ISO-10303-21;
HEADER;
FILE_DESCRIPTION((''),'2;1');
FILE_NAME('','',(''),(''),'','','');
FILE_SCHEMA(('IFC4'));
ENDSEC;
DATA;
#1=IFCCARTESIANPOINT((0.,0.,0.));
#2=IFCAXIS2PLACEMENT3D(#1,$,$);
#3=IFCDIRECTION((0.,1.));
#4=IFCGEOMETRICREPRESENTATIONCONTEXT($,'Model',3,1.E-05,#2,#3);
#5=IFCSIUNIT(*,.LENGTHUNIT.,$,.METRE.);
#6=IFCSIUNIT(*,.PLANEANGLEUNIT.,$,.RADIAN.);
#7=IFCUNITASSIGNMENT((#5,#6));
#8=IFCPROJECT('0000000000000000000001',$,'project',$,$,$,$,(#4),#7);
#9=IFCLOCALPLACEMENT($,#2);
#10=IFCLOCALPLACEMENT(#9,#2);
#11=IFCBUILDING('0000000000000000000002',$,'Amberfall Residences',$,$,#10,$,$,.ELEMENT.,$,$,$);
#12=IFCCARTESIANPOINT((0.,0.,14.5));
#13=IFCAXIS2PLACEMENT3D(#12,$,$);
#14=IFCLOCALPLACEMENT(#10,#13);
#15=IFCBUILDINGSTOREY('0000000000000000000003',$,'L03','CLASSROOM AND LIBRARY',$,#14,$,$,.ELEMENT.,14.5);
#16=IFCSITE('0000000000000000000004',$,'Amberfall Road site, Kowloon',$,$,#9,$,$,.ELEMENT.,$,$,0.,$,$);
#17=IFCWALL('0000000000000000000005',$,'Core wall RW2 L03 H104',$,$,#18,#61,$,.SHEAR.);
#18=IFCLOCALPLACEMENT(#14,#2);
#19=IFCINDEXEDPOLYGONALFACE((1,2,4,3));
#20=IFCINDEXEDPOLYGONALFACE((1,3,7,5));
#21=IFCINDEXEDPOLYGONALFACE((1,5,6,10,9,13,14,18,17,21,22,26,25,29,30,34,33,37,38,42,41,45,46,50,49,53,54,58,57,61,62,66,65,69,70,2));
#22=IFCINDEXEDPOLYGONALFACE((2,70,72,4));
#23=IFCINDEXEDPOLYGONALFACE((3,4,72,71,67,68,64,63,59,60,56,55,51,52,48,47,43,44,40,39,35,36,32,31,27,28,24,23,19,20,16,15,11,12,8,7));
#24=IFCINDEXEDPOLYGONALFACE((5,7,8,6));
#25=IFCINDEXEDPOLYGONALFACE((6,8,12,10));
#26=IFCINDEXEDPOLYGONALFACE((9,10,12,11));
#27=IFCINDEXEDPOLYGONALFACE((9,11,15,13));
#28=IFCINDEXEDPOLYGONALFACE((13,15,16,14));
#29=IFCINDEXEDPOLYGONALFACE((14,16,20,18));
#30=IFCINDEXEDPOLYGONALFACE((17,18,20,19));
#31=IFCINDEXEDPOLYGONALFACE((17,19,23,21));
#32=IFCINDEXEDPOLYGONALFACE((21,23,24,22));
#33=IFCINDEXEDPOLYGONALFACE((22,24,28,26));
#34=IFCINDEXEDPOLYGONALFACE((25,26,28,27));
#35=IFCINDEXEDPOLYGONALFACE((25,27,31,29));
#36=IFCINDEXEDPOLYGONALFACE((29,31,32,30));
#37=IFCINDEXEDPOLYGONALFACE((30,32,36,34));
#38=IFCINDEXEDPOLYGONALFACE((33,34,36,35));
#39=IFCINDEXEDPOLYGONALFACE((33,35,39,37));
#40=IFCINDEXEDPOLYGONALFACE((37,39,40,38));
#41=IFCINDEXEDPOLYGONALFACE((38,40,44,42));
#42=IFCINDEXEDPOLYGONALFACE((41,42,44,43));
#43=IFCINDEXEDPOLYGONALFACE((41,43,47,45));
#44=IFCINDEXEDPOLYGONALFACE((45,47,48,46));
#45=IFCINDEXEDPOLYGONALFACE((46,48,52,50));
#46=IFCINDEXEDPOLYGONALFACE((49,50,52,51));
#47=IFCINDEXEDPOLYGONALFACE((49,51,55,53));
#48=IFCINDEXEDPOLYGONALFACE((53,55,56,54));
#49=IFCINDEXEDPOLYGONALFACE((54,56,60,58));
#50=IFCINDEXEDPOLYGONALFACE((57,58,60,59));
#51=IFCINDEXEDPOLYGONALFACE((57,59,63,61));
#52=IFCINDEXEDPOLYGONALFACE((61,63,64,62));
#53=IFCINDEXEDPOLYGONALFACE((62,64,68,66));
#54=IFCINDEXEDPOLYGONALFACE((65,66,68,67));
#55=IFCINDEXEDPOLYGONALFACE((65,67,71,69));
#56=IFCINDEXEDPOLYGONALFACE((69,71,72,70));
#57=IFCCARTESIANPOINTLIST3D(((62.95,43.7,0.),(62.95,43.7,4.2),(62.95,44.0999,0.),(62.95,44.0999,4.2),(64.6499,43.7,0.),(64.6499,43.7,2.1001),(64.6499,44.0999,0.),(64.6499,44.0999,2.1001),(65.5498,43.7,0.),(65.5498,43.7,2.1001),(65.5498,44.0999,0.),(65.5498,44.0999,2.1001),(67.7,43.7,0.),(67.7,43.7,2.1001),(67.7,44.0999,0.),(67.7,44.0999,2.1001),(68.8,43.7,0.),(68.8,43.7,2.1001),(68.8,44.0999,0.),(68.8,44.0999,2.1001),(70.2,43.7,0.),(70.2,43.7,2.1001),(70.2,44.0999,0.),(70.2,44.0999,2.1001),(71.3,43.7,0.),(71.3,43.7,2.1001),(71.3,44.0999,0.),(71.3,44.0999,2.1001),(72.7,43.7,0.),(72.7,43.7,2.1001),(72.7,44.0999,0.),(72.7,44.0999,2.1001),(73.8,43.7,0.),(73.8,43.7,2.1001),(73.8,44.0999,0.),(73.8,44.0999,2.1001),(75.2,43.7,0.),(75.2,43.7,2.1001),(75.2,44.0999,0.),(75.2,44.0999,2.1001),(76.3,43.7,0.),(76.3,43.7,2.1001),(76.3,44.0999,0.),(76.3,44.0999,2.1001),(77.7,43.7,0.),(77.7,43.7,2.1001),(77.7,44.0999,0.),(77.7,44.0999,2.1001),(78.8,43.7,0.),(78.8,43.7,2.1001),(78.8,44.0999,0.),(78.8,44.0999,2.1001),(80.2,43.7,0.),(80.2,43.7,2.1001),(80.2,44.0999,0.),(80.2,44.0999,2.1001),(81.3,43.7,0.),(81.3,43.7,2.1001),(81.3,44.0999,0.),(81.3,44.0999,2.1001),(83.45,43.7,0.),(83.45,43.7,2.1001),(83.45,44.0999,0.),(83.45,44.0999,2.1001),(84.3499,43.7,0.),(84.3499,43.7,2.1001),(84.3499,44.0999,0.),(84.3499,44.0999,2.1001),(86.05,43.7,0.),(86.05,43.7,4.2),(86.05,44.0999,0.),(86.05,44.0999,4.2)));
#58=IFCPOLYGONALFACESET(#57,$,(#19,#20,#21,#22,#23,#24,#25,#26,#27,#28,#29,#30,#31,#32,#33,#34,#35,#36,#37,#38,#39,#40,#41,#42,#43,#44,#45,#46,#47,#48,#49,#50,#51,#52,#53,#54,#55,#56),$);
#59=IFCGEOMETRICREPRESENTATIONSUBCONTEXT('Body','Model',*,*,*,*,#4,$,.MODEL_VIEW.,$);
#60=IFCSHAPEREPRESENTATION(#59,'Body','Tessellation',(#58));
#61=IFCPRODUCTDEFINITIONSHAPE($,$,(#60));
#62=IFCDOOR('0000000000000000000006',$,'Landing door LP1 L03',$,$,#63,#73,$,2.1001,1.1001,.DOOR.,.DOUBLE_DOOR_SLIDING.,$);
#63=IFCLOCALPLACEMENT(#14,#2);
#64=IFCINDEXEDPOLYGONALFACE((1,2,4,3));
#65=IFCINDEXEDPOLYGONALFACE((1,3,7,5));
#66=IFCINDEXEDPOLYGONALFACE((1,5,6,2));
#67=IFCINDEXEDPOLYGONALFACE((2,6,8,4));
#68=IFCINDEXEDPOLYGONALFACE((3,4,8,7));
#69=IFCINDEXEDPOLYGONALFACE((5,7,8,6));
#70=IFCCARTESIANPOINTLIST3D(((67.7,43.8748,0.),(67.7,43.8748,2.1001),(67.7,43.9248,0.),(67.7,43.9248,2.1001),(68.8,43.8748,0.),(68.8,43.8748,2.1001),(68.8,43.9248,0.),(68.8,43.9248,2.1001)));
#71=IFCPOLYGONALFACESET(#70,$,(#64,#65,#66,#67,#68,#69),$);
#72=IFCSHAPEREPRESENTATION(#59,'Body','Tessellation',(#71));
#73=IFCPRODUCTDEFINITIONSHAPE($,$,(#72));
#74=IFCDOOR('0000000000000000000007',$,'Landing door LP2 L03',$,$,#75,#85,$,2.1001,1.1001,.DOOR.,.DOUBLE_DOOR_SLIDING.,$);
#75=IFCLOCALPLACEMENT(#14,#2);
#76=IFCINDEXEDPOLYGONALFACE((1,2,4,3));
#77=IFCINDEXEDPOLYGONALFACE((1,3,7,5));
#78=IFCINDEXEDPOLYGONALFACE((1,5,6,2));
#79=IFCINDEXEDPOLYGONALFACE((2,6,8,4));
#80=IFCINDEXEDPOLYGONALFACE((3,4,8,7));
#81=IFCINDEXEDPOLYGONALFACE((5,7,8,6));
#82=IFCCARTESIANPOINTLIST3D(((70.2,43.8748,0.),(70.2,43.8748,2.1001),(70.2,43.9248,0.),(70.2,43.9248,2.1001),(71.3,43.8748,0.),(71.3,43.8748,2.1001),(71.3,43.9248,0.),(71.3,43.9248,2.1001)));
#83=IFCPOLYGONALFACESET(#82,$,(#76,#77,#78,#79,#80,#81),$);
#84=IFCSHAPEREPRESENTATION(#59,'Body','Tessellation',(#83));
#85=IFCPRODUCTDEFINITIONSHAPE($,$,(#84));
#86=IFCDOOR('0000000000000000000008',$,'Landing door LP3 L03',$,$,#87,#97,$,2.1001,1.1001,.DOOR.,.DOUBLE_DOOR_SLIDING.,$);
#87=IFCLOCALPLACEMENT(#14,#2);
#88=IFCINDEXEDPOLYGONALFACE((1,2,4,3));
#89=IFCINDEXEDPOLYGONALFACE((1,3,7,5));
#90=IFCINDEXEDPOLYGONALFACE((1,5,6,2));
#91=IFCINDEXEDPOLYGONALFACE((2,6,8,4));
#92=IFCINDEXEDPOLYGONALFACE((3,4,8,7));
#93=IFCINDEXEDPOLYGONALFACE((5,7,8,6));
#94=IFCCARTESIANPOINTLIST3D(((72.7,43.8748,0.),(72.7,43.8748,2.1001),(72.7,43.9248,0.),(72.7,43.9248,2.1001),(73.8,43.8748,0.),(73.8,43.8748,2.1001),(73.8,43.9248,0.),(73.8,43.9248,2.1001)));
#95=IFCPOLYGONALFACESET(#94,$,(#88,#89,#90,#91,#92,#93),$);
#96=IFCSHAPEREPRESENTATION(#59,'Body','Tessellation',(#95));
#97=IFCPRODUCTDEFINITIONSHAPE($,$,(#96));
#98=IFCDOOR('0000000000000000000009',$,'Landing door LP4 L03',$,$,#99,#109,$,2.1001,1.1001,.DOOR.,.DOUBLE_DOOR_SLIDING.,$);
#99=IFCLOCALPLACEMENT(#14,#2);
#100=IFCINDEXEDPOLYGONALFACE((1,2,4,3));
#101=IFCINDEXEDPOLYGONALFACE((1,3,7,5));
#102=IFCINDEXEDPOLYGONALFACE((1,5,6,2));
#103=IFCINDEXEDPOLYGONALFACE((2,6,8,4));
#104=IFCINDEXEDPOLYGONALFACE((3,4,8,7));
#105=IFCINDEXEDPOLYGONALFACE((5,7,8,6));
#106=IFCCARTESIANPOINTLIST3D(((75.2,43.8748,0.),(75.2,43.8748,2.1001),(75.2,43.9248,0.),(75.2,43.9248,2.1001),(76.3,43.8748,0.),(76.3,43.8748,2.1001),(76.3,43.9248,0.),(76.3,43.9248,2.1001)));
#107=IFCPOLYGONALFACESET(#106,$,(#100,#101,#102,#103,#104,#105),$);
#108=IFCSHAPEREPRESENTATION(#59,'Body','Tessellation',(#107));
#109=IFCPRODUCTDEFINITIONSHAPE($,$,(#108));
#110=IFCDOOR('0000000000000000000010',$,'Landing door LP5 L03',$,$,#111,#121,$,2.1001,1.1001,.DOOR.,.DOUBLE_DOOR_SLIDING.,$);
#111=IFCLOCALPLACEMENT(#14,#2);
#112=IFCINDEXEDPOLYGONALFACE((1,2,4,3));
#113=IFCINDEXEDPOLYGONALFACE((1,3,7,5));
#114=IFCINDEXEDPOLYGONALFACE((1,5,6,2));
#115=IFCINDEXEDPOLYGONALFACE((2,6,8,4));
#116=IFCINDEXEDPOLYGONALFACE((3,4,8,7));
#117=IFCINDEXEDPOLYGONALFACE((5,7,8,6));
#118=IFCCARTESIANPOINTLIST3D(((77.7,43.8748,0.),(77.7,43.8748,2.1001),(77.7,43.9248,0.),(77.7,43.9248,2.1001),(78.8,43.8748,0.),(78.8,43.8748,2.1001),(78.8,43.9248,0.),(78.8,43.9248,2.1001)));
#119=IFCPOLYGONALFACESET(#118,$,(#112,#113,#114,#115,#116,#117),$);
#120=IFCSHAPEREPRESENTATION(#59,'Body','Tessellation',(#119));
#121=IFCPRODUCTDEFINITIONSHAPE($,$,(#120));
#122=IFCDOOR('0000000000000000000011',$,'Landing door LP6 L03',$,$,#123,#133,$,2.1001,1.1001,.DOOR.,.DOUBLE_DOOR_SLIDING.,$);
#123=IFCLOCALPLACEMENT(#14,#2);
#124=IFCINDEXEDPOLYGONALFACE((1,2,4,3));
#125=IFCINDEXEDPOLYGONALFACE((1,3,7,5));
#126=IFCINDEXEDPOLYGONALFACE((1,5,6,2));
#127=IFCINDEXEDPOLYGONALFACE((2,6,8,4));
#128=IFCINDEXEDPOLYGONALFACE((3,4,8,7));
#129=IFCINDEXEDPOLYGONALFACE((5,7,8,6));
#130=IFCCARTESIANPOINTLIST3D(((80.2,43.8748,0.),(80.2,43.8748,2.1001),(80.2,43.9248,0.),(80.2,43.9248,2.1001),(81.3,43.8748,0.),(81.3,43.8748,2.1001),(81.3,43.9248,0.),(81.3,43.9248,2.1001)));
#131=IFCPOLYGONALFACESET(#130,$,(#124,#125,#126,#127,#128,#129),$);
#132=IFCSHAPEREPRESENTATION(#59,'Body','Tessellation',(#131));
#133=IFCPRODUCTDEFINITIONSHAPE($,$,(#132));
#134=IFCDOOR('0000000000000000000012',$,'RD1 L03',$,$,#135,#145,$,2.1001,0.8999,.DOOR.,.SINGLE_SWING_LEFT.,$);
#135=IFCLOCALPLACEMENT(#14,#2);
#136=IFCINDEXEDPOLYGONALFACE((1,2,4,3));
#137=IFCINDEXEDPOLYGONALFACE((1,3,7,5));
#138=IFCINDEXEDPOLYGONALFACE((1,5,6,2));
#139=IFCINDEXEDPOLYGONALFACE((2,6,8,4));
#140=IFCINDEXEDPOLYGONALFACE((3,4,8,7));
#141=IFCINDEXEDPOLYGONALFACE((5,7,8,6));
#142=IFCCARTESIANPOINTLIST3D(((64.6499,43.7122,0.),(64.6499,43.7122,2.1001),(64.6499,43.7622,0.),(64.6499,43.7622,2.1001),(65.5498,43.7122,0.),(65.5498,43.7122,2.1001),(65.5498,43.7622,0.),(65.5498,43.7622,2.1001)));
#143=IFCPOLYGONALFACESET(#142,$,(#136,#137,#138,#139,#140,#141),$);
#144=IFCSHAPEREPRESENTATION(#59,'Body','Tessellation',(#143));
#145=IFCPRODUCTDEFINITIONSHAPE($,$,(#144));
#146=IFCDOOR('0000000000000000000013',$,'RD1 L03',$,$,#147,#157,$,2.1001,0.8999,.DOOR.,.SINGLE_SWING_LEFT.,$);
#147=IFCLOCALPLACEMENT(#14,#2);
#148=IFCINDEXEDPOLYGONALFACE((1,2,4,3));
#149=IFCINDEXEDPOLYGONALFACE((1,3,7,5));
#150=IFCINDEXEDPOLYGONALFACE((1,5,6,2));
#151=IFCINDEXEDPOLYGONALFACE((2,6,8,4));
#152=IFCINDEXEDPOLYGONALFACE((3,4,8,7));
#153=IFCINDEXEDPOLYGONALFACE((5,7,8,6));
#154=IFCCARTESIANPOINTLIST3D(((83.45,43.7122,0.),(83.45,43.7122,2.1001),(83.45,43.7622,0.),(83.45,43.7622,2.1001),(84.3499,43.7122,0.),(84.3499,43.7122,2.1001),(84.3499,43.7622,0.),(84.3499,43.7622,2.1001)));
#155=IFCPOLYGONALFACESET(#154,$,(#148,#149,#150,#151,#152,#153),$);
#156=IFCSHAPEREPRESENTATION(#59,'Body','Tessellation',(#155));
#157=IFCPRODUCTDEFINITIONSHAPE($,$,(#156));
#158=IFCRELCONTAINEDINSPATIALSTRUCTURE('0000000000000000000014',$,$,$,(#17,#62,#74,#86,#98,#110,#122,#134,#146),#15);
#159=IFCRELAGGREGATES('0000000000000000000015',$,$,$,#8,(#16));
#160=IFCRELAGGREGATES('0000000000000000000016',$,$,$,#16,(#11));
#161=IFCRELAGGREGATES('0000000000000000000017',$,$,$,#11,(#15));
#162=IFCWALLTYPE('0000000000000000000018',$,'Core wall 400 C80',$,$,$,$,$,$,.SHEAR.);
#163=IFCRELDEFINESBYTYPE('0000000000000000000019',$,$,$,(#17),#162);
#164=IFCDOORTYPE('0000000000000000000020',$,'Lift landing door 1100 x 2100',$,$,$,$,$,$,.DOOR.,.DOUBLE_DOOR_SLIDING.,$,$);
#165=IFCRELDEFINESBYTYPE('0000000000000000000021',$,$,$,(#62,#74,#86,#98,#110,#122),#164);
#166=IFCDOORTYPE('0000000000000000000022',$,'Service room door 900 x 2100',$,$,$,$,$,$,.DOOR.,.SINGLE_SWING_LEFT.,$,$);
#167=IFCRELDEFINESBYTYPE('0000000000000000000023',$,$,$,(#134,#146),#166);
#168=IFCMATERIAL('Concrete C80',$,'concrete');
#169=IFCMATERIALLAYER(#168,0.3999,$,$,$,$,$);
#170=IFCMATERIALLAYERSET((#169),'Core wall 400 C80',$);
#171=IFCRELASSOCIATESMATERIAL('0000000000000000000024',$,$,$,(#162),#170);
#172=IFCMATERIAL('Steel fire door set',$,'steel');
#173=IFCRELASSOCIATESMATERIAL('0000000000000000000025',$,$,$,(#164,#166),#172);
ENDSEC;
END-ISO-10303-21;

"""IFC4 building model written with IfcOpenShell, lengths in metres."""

from ifc_helpers import new_model, si_unit, direction, frame, frame_2d, origin, place, context, subcontext, project, spatial, rectangle, extrude, material, layer, layer_set, type_object, element, fill, save


model = new_model("IFC4")

# Units and contexts
model_context = context("Model", 3, precision=1e-05, world=origin(), true_north=direction((0.0, 1.0)))
body_context = subcontext(model_context, "Body", "Model", "MODEL_VIEW")
ifc_project = project(units=[si_unit("LENGTHUNIT", "METRE"), si_unit("PLANEANGLEUNIT", "RADIAN")], contexts=[model_context])

# Site, building, storey
site_placement = place(None, origin())
site = spatial("IfcSite", under=ifc_project, at=site_placement, Name="Amberfall Road site, Kowloon", CompositionType="ELEMENT", RefElevation=0.0)
building_placement = place(site_placement, origin())
building = spatial("IfcBuilding", under=site, at=building_placement, Name="Amberfall Residences", CompositionType="ELEMENT")
storey_placement = place(building_placement, frame((0.0, 0.0, 14.5)))
storey = spatial("IfcBuildingStorey", under=building, at=storey_placement, Name="L03", Description="CLASSROOM AND LIBRARY", CompositionType="ELEMENT", Elevation=14.5)

# Wall, openings, doors
ifc_material_1 = material(Name="Concrete C80", Category="concrete")
ifc_layer_1 = layer(ifc_material_1, 0.3999)
ifc_layer_set_1 = layer_set([ifc_layer_1], Name="Core wall 400 C80")
wall_type_1 = type_object("IfcWallType", Name="Core wall 400 C80", PredefinedType="SHEAR", material=ifc_layer_set_1)
wall_1_placement = place(storey_placement, frame((62.95, 43.8999, 0.0), z_axis=(0.0, 0.0, 1.0), x_axis=(1.0, 0.0, 0.0)))
wall_1 = element("IfcWall", 1, at=wall_1_placement, inside=storey, type_object=wall_type_1, Name="Core wall RW2 L03 H104", PredefinedType="SHEAR", context=body_context, shape_type="SweptSolid", body=[
    extrude(rectangle(XDim=23.1001, YDim=0.3999, at=frame_2d((11.55, 0.0))), origin(), (0.0, 0.0, 1.0), 4.2),
])
opening_1_placement = place(wall_1_placement, frame((1.7, 0.0, 0.0)))
opening_1 = element("IfcOpeningElement", 2, at=opening_1_placement, cuts=wall_1, PredefinedType="OPENING", context=body_context, shape_type="SweptSolid", body=[
    extrude(rectangle(XDim=0.8999, YDim=2.1001, at=frame_2d((0.45, 1.05))), frame((0.0, 0.21, 0.0), z_axis=(0.0, -1.0, 0.0), x_axis=(1.0, 0.0, 0.0)), (0.0, 0.0, 1.0), 0.4199),
])
opening_2_placement = place(wall_1_placement, frame((20.5, 0.0, 0.0)))
opening_2 = element("IfcOpeningElement", 3, at=opening_2_placement, cuts=wall_1, PredefinedType="OPENING", context=body_context, shape_type="SweptSolid", body=[
    extrude(rectangle(XDim=0.8999, YDim=2.1001, at=frame_2d((0.45, 1.05))), frame((0.0, 0.21, 0.0), z_axis=(0.0, -1.0, 0.0), x_axis=(1.0, 0.0, 0.0)), (0.0, 0.0, 1.0), 0.4199),
])
opening_3_placement = place(wall_1_placement, frame((4.75, 0.0, 0.0)))
opening_3 = element("IfcOpeningElement", 4, at=opening_3_placement, cuts=wall_1, PredefinedType="OPENING", context=body_context, shape_type="SweptSolid", body=[
    extrude(rectangle(XDim=1.1001, YDim=2.1001, at=frame_2d((0.55, 1.05))), frame((0.0, 0.21, 0.0), z_axis=(0.0, -1.0, 0.0), x_axis=(1.0, 0.0, 0.0)), (0.0, 0.0, 1.0), 0.4199),
])
opening_4_placement = place(wall_1_placement, frame((7.25, 0.0, 0.0)))
opening_4 = element("IfcOpeningElement", 5, at=opening_4_placement, cuts=wall_1, PredefinedType="OPENING", context=body_context, shape_type="SweptSolid", body=[
    extrude(rectangle(XDim=1.1001, YDim=2.1001, at=frame_2d((0.55, 1.05))), frame((0.0, 0.21, 0.0), z_axis=(0.0, -1.0, 0.0), x_axis=(1.0, 0.0, 0.0)), (0.0, 0.0, 1.0), 0.4199),
])
opening_5_placement = place(wall_1_placement, frame((9.75, 0.0, 0.0)))
opening_5 = element("IfcOpeningElement", 6, at=opening_5_placement, cuts=wall_1, PredefinedType="OPENING", context=body_context, shape_type="SweptSolid", body=[
    extrude(rectangle(XDim=1.1001, YDim=2.1001, at=frame_2d((0.55, 1.05))), frame((0.0, 0.21, 0.0), z_axis=(0.0, -1.0, 0.0), x_axis=(1.0, 0.0, 0.0)), (0.0, 0.0, 1.0), 0.4199),
])
opening_6_placement = place(wall_1_placement, frame((12.25, 0.0, 0.0)))
opening_6 = element("IfcOpeningElement", 7, at=opening_6_placement, cuts=wall_1, PredefinedType="OPENING", context=body_context, shape_type="SweptSolid", body=[
    extrude(rectangle(XDim=1.1001, YDim=2.1001, at=frame_2d((0.55, 1.05))), frame((0.0, 0.21, 0.0), z_axis=(0.0, -1.0, 0.0), x_axis=(1.0, 0.0, 0.0)), (0.0, 0.0, 1.0), 0.4199),
])
opening_7_placement = place(wall_1_placement, frame((14.75, 0.0, 0.0)))
opening_7 = element("IfcOpeningElement", 8, at=opening_7_placement, cuts=wall_1, PredefinedType="OPENING", context=body_context, shape_type="SweptSolid", body=[
    extrude(rectangle(XDim=1.1001, YDim=2.1001, at=frame_2d((0.55, 1.05))), frame((0.0, 0.21, 0.0), z_axis=(0.0, -1.0, 0.0), x_axis=(1.0, 0.0, 0.0)), (0.0, 0.0, 1.0), 0.4199),
])
opening_8_placement = place(wall_1_placement, frame((17.25, 0.0, 0.0)))
opening_8 = element("IfcOpeningElement", 9, at=opening_8_placement, cuts=wall_1, PredefinedType="OPENING", context=body_context, shape_type="SweptSolid", body=[
    extrude(rectangle(XDim=1.1001, YDim=2.1001, at=frame_2d((0.55, 1.05))), frame((0.0, 0.21, 0.0), z_axis=(0.0, -1.0, 0.0), x_axis=(1.0, 0.0, 0.0)), (0.0, 0.0, 1.0), 0.4199),
])
ifc_material_2 = material(Name="Steel fire door set", Category="steel")
door_type_1 = type_object("IfcDoorType", Name="Lift landing door 1100 x 2100", OperationType="DOUBLE_DOOR_SLIDING", PredefinedType="DOOR", material=ifc_material_2)
door_1_placement = place(opening_3_placement, origin())
door_1 = element("IfcDoor", 10, at=door_1_placement, inside=storey, type_object=door_type_1, Name="Landing door LP1 L03", OperationType="DOUBLE_DOOR_SLIDING", OverallHeight=2.1001, OverallWidth=1.1001, PredefinedType="DOOR", context=body_context, shape_type="SweptSolid", body=[
    extrude(rectangle(XDim=1.1001, YDim=2.1001, at=frame_2d((0.55, 1.05))), frame((0.0, 0.0249, 0.0), z_axis=(0.0, -1.0, 0.0), x_axis=(1.0, 0.0, 0.0)), (0.0, 0.0, 1.0), 0.05),
])
fill(opening_3, door_1)
door_2_placement = place(opening_4_placement, origin())
door_2 = element("IfcDoor", 11, at=door_2_placement, inside=storey, type_object=door_type_1, Name="Landing door LP2 L03", OperationType="DOUBLE_DOOR_SLIDING", OverallHeight=2.1001, OverallWidth=1.1001, PredefinedType="DOOR", context=body_context, shape_type="SweptSolid", body=[
    extrude(rectangle(XDim=1.1001, YDim=2.1001, at=frame_2d((0.55, 1.05))), frame((0.0, 0.0249, 0.0), z_axis=(0.0, -1.0, 0.0), x_axis=(1.0, 0.0, 0.0)), (0.0, 0.0, 1.0), 0.05),
])
fill(opening_4, door_2)
door_3_placement = place(opening_5_placement, origin())
door_3 = element("IfcDoor", 12, at=door_3_placement, inside=storey, type_object=door_type_1, Name="Landing door LP3 L03", OperationType="DOUBLE_DOOR_SLIDING", OverallHeight=2.1001, OverallWidth=1.1001, PredefinedType="DOOR", context=body_context, shape_type="SweptSolid", body=[
    extrude(rectangle(XDim=1.1001, YDim=2.1001, at=frame_2d((0.55, 1.05))), frame((0.0, 0.0249, 0.0), z_axis=(0.0, -1.0, 0.0), x_axis=(1.0, 0.0, 0.0)), (0.0, 0.0, 1.0), 0.05),
])
fill(opening_5, door_3)
door_4_placement = place(opening_6_placement, origin())
door_4 = element("IfcDoor", 13, at=door_4_placement, inside=storey, type_object=door_type_1, Name="Landing door LP4 L03", OperationType="DOUBLE_DOOR_SLIDING", OverallHeight=2.1001, OverallWidth=1.1001, PredefinedType="DOOR", context=body_context, shape_type="SweptSolid", body=[
    extrude(rectangle(XDim=1.1001, YDim=2.1001, at=frame_2d((0.55, 1.05))), frame((0.0, 0.0249, 0.0), z_axis=(0.0, -1.0, 0.0), x_axis=(1.0, 0.0, 0.0)), (0.0, 0.0, 1.0), 0.05),
])
fill(opening_6, door_4)
door_5_placement = place(opening_7_placement, origin())
door_5 = element("IfcDoor", 14, at=door_5_placement, inside=storey, type_object=door_type_1, Name="Landing door LP5 L03", OperationType="DOUBLE_DOOR_SLIDING", OverallHeight=2.1001, OverallWidth=1.1001, PredefinedType="DOOR", context=body_context, shape_type="SweptSolid", body=[
    extrude(rectangle(XDim=1.1001, YDim=2.1001, at=frame_2d((0.55, 1.05))), frame((0.0, 0.0249, 0.0), z_axis=(0.0, -1.0, 0.0), x_axis=(1.0, 0.0, 0.0)), (0.0, 0.0, 1.0), 0.05),
])
fill(opening_7, door_5)
door_6_placement = place(opening_8_placement, origin())
door_6 = element("IfcDoor", 15, at=door_6_placement, inside=storey, type_object=door_type_1, Name="Landing door LP6 L03", OperationType="DOUBLE_DOOR_SLIDING", OverallHeight=2.1001, OverallWidth=1.1001, PredefinedType="DOOR", context=body_context, shape_type="SweptSolid", body=[
    extrude(rectangle(XDim=1.1001, YDim=2.1001, at=frame_2d((0.55, 1.05))), frame((0.0, 0.0249, 0.0), z_axis=(0.0, -1.0, 0.0), x_axis=(1.0, 0.0, 0.0)), (0.0, 0.0, 1.0), 0.05),
])
fill(opening_8, door_6)
door_type_2 = type_object("IfcDoorType", Name="Service room door 900 x 2100", OperationType="SINGLE_SWING_LEFT", PredefinedType="DOOR", material=ifc_material_2)
door_7_placement = place(opening_1_placement, origin())
door_7 = element("IfcDoor", 16, at=door_7_placement, inside=storey, type_object=door_type_2, Name="RD1 L03", OperationType="SINGLE_SWING_LEFT", OverallHeight=2.1001, OverallWidth=0.8999, PredefinedType="DOOR", context=body_context, shape_type="SweptSolid", body=[
    extrude(rectangle(XDim=0.8999, YDim=2.1001, at=frame_2d((0.45, 1.05))), frame((0.0, -0.1377, 0.0), z_axis=(0.0, -1.0, 0.0), x_axis=(1.0, 0.0, 0.0)), (0.0, 0.0, 1.0), 0.05),
])
fill(opening_1, door_7)
door_8_placement = place(opening_2_placement, origin())
door_8 = element("IfcDoor", 17, at=door_8_placement, inside=storey, type_object=door_type_2, Name="RD1 L03", OperationType="SINGLE_SWING_LEFT", OverallHeight=2.1001, OverallWidth=0.8999, PredefinedType="DOOR", context=body_context, shape_type="SweptSolid", body=[
    extrude(rectangle(XDim=0.8999, YDim=2.1001, at=frame_2d((0.45, 1.05))), frame((0.0, -0.1377, 0.0), z_axis=(0.0, -1.0, 0.0), x_axis=(1.0, 0.0, 0.0)), (0.0, 0.0, 1.0), 0.05),
])
fill(opening_2, door_8)

save(model, "model.ifc")
